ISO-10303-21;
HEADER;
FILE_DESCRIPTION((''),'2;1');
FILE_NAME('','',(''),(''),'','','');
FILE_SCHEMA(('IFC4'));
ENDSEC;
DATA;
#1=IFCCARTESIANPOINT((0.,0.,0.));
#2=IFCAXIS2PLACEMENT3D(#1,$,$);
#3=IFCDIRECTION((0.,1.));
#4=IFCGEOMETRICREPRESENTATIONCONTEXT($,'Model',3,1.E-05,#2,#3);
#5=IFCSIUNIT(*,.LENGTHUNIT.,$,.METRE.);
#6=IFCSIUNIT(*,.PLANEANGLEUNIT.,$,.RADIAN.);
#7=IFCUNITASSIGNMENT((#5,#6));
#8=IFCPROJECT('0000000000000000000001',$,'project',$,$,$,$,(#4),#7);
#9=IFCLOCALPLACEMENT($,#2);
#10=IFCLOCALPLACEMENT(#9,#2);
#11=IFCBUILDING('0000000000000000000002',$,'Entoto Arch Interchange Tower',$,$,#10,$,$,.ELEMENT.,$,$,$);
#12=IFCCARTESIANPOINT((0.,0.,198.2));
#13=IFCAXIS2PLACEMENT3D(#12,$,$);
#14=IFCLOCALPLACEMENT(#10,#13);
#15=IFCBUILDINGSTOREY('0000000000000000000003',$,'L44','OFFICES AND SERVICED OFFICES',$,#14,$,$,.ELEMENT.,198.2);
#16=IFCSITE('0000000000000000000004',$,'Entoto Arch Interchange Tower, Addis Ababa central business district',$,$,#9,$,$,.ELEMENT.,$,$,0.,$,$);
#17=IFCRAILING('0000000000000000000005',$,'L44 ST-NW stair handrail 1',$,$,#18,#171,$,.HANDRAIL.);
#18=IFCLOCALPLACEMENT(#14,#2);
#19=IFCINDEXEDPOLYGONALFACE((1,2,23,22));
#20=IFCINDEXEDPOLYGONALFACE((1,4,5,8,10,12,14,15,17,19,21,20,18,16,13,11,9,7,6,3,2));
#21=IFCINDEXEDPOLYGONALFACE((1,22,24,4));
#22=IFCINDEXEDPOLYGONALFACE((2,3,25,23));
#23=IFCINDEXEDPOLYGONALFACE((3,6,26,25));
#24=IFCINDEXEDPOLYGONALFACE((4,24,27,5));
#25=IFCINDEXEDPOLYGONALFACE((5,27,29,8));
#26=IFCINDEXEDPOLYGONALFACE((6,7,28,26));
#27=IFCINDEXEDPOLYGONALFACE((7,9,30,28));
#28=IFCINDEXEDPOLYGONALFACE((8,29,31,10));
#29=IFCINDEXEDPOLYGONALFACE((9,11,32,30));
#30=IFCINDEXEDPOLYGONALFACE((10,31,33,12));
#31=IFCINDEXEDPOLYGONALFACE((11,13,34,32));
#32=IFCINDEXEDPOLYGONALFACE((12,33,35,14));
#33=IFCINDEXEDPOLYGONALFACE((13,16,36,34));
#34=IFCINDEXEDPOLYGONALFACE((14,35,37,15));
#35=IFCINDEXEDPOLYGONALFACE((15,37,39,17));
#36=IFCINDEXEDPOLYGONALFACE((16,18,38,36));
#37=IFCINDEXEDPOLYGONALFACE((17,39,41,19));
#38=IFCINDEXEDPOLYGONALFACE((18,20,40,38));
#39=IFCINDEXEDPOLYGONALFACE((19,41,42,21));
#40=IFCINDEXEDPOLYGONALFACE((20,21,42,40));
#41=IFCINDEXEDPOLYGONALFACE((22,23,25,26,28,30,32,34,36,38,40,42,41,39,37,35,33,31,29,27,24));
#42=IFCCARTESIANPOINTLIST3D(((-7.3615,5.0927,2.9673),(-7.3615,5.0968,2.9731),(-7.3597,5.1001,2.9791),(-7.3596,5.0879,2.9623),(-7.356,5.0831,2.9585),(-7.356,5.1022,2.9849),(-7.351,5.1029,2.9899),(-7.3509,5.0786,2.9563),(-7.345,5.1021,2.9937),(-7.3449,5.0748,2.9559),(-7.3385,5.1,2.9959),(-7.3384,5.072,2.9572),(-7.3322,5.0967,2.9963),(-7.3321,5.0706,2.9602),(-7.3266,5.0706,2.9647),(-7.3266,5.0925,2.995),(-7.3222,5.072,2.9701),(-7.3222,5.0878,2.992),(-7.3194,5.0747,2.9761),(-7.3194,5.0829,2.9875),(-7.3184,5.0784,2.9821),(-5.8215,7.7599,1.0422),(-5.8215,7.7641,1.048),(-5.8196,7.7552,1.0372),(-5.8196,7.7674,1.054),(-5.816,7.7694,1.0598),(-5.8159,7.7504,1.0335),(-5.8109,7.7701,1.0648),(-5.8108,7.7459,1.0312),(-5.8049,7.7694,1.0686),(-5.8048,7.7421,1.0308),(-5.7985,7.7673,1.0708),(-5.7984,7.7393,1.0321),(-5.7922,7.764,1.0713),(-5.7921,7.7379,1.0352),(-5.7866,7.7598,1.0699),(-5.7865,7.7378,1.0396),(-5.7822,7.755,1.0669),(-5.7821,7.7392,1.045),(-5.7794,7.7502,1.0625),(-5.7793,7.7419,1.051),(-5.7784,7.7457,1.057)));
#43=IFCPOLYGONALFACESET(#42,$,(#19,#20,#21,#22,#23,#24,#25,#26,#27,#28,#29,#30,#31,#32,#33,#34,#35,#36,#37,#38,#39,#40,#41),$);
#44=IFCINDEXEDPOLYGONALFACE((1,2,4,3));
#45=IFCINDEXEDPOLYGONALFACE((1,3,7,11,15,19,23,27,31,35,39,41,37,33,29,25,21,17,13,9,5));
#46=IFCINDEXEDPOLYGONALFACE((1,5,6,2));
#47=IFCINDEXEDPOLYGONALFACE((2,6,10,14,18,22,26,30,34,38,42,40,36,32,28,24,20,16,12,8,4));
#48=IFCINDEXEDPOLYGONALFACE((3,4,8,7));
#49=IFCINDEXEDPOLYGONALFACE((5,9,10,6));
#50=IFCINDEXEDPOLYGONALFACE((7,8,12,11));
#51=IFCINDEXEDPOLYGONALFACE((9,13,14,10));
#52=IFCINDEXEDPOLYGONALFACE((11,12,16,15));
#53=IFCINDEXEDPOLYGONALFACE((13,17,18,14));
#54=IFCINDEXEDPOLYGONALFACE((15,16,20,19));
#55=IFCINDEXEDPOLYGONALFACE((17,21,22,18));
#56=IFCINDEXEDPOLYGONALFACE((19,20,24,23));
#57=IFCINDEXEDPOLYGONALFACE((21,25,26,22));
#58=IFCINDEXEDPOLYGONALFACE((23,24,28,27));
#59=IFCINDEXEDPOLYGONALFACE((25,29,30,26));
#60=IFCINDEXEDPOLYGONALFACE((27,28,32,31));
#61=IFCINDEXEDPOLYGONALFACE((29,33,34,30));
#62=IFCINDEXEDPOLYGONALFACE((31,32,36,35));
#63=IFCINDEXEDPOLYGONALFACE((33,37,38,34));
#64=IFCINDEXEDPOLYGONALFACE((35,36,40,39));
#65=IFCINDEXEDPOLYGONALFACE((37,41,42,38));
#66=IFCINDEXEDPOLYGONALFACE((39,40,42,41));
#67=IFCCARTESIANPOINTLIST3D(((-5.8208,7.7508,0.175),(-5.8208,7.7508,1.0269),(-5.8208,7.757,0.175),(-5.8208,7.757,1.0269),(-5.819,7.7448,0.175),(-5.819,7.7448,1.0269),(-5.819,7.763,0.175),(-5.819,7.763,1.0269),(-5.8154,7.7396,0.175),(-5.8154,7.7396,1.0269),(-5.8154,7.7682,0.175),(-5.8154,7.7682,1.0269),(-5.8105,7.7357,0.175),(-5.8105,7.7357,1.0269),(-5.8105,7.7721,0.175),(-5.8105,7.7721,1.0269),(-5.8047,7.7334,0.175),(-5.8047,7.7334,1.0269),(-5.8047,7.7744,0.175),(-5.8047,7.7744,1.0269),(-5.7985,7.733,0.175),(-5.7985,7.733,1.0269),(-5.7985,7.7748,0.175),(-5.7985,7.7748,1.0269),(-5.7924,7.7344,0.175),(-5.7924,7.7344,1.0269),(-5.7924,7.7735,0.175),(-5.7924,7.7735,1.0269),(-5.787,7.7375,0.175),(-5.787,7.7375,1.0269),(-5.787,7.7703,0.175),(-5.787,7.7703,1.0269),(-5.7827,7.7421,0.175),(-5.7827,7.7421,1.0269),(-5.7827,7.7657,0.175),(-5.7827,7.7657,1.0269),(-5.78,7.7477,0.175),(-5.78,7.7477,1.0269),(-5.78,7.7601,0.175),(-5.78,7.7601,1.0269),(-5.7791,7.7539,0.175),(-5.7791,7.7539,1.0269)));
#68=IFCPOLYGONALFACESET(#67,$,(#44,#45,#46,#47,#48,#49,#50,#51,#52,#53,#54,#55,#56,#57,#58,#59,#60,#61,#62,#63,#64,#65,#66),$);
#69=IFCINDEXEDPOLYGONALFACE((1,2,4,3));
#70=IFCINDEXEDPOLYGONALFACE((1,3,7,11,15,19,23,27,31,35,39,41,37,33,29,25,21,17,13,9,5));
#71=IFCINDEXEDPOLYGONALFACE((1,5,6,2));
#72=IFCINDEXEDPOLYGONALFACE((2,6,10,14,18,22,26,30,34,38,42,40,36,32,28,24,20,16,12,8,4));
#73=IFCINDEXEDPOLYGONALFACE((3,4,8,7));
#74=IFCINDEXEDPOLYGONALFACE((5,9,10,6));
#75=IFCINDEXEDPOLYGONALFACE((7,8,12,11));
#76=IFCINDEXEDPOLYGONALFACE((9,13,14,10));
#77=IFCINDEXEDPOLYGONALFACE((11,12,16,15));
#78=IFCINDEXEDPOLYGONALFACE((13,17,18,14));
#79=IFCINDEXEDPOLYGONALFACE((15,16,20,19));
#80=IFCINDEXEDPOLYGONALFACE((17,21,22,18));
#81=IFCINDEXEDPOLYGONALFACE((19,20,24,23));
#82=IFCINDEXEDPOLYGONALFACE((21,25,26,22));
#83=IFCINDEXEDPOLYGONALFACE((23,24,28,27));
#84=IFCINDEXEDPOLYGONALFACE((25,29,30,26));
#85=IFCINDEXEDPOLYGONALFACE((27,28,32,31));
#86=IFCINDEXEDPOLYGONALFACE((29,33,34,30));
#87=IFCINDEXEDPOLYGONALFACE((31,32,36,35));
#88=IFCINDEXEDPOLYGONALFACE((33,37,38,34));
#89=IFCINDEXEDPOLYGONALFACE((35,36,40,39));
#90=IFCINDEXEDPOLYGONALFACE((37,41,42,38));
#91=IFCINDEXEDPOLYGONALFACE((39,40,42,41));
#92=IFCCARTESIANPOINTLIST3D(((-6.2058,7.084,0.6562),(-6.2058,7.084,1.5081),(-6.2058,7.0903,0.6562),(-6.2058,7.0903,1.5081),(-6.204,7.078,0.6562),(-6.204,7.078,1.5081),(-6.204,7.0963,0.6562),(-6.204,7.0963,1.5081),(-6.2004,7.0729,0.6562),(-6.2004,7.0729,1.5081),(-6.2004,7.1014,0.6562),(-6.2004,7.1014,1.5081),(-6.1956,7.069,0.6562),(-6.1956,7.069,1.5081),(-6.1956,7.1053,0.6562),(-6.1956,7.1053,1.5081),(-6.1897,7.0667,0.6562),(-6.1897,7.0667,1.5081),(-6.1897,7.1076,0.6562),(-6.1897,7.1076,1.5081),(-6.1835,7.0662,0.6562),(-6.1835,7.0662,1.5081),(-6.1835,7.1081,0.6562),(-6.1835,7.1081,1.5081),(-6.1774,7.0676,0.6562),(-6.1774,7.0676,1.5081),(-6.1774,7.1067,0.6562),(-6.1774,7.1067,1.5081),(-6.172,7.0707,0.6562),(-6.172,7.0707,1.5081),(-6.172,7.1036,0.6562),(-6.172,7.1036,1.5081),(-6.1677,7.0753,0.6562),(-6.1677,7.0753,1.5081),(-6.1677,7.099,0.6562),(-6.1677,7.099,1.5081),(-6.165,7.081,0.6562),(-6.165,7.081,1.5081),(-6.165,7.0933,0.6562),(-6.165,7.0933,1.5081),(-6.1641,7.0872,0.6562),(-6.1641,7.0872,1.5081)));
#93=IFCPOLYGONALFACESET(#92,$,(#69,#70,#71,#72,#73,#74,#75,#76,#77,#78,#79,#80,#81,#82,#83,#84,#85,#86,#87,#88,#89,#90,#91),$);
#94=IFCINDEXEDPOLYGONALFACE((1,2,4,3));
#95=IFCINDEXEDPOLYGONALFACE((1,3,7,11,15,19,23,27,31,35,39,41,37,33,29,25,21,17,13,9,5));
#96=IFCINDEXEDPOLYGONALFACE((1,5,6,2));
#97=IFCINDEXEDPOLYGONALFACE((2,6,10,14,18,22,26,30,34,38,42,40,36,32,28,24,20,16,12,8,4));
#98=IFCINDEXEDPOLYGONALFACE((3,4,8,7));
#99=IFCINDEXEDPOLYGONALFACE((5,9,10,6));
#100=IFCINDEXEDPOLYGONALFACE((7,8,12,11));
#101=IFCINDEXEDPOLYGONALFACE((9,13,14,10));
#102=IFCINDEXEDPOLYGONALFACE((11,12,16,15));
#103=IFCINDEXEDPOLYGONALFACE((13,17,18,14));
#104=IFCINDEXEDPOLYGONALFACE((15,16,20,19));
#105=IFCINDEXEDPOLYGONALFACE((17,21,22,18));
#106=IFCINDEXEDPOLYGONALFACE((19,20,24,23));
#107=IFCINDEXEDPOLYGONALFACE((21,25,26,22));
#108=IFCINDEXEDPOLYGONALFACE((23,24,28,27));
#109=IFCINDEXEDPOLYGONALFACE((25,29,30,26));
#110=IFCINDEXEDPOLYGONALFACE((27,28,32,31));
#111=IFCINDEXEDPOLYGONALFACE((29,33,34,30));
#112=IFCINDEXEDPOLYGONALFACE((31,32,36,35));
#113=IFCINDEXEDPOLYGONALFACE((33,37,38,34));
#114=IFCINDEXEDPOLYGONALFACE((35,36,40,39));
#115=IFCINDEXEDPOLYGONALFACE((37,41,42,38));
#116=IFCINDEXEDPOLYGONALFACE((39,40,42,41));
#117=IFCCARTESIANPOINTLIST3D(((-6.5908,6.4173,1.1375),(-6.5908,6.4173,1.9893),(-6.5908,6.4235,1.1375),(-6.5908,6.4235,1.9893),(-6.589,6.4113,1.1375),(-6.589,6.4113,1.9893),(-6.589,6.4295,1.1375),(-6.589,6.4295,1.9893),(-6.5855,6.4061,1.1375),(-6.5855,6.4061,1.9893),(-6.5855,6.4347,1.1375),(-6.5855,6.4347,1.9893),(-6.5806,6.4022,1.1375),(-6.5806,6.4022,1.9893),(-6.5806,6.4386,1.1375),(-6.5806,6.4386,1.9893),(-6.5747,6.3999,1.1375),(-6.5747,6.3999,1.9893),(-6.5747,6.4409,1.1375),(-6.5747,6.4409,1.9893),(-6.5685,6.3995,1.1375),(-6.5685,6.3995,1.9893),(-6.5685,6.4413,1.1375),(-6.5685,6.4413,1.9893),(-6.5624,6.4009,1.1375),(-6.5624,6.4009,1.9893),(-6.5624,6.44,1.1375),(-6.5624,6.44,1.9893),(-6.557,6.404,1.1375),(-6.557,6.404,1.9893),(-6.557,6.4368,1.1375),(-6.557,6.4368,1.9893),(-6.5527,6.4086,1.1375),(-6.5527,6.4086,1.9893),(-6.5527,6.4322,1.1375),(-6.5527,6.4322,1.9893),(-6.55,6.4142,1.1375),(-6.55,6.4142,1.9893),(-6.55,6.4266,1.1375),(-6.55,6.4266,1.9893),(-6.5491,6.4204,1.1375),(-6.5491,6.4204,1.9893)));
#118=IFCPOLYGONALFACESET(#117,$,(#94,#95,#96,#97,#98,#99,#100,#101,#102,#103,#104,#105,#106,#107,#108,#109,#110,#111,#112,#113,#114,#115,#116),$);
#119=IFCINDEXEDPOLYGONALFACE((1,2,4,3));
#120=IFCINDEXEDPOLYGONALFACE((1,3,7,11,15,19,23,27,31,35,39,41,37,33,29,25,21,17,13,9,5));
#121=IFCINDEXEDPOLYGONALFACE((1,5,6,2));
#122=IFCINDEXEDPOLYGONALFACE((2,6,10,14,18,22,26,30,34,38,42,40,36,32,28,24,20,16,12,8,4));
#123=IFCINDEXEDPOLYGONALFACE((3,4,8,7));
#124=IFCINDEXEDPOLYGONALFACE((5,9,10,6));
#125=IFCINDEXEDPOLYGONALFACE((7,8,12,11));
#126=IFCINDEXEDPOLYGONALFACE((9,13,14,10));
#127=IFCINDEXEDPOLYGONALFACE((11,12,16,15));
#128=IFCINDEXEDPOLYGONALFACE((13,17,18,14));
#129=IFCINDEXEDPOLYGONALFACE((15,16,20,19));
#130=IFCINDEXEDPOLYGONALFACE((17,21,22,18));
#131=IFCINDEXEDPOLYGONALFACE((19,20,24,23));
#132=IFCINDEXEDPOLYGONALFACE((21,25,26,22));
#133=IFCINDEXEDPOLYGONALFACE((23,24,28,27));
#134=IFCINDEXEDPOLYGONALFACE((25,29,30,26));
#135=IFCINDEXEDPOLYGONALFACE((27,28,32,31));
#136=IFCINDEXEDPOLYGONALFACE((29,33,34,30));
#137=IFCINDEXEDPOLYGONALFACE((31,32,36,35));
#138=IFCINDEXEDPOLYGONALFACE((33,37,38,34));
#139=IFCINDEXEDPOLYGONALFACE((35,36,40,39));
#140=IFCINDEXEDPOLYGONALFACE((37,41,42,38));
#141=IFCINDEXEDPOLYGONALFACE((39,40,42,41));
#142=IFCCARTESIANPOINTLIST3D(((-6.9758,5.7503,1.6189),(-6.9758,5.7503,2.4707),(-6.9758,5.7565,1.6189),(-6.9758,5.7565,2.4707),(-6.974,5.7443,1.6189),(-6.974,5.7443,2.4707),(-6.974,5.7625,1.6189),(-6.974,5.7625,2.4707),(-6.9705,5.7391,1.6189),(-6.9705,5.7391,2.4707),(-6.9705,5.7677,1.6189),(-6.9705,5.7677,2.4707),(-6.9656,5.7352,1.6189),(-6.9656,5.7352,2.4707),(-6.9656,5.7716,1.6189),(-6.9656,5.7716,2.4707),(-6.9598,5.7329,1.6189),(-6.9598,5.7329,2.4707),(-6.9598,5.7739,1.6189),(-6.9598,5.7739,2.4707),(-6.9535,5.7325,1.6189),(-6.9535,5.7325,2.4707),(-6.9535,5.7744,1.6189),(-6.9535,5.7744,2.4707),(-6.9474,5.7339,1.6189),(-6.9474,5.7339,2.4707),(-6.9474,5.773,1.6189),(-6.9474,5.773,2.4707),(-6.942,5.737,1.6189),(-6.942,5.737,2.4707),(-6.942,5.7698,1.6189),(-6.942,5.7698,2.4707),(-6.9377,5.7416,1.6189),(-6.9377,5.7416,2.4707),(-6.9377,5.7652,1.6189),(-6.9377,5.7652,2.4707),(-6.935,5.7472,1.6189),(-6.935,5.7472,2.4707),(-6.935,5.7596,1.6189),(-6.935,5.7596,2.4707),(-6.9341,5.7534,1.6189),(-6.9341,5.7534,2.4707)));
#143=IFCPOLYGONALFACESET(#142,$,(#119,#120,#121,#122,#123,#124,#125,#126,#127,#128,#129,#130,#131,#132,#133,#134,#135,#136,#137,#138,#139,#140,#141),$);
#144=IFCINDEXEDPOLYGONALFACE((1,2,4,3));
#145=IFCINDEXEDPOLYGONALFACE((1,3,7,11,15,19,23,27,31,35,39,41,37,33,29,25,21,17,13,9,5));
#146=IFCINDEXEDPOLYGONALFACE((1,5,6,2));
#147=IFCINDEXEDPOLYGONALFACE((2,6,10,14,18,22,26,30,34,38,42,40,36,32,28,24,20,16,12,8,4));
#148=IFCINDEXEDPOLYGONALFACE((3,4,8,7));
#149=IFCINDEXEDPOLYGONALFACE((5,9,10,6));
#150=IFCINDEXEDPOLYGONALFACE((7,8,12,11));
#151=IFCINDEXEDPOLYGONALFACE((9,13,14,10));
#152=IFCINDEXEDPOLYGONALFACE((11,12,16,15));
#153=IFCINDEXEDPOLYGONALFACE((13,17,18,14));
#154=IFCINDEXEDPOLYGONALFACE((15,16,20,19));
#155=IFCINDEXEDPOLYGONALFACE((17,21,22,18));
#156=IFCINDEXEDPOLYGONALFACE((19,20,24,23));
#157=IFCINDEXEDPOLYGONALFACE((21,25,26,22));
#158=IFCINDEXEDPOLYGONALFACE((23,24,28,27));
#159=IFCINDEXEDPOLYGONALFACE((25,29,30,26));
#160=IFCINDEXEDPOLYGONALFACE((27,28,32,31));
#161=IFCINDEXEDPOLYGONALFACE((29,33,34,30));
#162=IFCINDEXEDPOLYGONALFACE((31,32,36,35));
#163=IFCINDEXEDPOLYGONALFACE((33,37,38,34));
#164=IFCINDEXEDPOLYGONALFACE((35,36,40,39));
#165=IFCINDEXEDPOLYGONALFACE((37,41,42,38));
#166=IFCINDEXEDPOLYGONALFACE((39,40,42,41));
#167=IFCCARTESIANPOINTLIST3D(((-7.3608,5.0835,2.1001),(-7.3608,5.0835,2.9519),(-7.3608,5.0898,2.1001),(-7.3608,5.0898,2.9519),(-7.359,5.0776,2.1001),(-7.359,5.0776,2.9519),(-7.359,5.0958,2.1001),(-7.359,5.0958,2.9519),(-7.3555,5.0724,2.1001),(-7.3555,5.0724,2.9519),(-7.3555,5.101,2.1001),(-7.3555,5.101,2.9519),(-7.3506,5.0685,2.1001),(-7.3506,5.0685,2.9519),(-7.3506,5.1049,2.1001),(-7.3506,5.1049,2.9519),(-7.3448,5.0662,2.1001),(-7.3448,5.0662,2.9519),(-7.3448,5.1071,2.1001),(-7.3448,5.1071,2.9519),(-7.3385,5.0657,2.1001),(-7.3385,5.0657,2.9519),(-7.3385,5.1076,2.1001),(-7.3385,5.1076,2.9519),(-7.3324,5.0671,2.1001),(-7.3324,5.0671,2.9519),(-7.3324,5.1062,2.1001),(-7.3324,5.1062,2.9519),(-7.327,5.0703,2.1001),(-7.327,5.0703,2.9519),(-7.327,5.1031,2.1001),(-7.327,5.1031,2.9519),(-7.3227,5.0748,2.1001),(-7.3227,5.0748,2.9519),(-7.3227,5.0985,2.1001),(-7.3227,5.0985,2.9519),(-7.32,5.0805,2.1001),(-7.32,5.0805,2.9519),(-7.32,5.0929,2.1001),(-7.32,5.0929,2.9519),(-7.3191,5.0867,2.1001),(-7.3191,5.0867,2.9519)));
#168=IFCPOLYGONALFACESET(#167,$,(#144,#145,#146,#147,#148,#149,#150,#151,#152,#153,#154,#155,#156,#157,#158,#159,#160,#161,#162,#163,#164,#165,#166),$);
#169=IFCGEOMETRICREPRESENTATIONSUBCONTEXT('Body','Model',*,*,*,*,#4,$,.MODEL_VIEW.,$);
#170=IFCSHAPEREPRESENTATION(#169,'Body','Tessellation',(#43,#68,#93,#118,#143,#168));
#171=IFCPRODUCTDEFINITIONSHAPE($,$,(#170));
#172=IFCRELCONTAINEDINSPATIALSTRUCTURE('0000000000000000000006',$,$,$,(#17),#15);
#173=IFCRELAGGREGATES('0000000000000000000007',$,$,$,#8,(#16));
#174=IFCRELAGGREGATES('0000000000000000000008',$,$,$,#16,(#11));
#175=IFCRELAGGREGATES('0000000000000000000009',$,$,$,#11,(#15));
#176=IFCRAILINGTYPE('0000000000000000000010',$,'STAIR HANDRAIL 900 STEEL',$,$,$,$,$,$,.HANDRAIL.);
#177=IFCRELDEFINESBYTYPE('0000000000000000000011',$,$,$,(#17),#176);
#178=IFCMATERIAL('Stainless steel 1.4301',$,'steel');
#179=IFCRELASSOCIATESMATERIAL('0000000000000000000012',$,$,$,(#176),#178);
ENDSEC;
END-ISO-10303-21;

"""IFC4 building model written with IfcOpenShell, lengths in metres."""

from ifc_helpers import new_model, si_unit, direction, frame, origin, origin_2d, place, context, subcontext, project, spatial, circle, extrude, material, type_object, element, save


model = new_model("IFC4")

# Units and contexts
model_context = context("Model", 3, precision=1e-05, world=origin(), true_north=direction((0.0, 1.0)))
body_context = subcontext(model_context, "Body", "Model", "MODEL_VIEW")
ifc_project = project(units=[si_unit("LENGTHUNIT", "METRE"), si_unit("PLANEANGLEUNIT", "RADIAN")], contexts=[model_context])

# Site, building, storey
site_placement = place(None, origin())
site = spatial("IfcSite", under=ifc_project, at=site_placement, Name="Entoto Arch Interchange Tower, Addis Ababa central business district", CompositionType="ELEMENT", RefElevation=0.0)
building_placement = place(site_placement, origin())
building = spatial("IfcBuilding", under=site, at=building_placement, Name="Entoto Arch Interchange Tower", CompositionType="ELEMENT")
storey_placement = place(building_placement, frame((0.0, 0.0, 198.2)))
storey = spatial("IfcBuildingStorey", under=building, at=storey_placement, Name="L44", Description="OFFICES AND SERVICED OFFICES", CompositionType="ELEMENT", Elevation=198.2)

# Railing
ifc_material_1 = material(Name="Stainless steel 1.4301", Category="steel")
railing_type_1 = type_object("IfcRailingType", Name="STAIR HANDRAIL 900 STEEL", PredefinedType="HANDRAIL", material=ifc_material_1)
railing_1_placement = place(storey_placement, frame((-5.8, 7.7539, 0.175)))
element("IfcRailing", 1, at=railing_1_placement, inside=storey, type_object=railing_type_1, Name="L44 ST-NW stair handrail 1", PredefinedType="HANDRAIL", context=body_context, shape_type="SweptSolid", body=[
    extrude(circle(Radius=0.0239, at=origin_2d()), frame((0.0, 0.0, 0.876), z_axis=(-0.424015, -0.734364, 0.530019), x_axis=(0.86601, -0.500027, 0.0)), (0.0, 0.0, 1.0), 3.6321),
    extrude(circle(Radius=0.021, at=origin_2d()), origin(), (0.0, 0.0, 1.0), 0.8518),
    extrude(circle(Radius=0.021, at=origin_2d()), frame((-0.385, -0.6667, 0.4812)), (0.0, 0.0, 1.0), 0.8518),
    extrude(circle(Radius=0.021, at=origin_2d()), frame((-0.77, -1.3335, 0.9624)), (0.0, 0.0, 1.0), 0.8518),
    extrude(circle(Radius=0.021, at=origin_2d()), frame((-1.155, -2.0005, 1.4438)), (0.0, 0.0, 1.0), 0.8518),
    extrude(circle(Radius=0.021, at=origin_2d()), frame((-1.54, -2.6672, 1.925)), (0.0, 0.0, 1.0), 0.8518),
])

save(model, "model.ifc")
